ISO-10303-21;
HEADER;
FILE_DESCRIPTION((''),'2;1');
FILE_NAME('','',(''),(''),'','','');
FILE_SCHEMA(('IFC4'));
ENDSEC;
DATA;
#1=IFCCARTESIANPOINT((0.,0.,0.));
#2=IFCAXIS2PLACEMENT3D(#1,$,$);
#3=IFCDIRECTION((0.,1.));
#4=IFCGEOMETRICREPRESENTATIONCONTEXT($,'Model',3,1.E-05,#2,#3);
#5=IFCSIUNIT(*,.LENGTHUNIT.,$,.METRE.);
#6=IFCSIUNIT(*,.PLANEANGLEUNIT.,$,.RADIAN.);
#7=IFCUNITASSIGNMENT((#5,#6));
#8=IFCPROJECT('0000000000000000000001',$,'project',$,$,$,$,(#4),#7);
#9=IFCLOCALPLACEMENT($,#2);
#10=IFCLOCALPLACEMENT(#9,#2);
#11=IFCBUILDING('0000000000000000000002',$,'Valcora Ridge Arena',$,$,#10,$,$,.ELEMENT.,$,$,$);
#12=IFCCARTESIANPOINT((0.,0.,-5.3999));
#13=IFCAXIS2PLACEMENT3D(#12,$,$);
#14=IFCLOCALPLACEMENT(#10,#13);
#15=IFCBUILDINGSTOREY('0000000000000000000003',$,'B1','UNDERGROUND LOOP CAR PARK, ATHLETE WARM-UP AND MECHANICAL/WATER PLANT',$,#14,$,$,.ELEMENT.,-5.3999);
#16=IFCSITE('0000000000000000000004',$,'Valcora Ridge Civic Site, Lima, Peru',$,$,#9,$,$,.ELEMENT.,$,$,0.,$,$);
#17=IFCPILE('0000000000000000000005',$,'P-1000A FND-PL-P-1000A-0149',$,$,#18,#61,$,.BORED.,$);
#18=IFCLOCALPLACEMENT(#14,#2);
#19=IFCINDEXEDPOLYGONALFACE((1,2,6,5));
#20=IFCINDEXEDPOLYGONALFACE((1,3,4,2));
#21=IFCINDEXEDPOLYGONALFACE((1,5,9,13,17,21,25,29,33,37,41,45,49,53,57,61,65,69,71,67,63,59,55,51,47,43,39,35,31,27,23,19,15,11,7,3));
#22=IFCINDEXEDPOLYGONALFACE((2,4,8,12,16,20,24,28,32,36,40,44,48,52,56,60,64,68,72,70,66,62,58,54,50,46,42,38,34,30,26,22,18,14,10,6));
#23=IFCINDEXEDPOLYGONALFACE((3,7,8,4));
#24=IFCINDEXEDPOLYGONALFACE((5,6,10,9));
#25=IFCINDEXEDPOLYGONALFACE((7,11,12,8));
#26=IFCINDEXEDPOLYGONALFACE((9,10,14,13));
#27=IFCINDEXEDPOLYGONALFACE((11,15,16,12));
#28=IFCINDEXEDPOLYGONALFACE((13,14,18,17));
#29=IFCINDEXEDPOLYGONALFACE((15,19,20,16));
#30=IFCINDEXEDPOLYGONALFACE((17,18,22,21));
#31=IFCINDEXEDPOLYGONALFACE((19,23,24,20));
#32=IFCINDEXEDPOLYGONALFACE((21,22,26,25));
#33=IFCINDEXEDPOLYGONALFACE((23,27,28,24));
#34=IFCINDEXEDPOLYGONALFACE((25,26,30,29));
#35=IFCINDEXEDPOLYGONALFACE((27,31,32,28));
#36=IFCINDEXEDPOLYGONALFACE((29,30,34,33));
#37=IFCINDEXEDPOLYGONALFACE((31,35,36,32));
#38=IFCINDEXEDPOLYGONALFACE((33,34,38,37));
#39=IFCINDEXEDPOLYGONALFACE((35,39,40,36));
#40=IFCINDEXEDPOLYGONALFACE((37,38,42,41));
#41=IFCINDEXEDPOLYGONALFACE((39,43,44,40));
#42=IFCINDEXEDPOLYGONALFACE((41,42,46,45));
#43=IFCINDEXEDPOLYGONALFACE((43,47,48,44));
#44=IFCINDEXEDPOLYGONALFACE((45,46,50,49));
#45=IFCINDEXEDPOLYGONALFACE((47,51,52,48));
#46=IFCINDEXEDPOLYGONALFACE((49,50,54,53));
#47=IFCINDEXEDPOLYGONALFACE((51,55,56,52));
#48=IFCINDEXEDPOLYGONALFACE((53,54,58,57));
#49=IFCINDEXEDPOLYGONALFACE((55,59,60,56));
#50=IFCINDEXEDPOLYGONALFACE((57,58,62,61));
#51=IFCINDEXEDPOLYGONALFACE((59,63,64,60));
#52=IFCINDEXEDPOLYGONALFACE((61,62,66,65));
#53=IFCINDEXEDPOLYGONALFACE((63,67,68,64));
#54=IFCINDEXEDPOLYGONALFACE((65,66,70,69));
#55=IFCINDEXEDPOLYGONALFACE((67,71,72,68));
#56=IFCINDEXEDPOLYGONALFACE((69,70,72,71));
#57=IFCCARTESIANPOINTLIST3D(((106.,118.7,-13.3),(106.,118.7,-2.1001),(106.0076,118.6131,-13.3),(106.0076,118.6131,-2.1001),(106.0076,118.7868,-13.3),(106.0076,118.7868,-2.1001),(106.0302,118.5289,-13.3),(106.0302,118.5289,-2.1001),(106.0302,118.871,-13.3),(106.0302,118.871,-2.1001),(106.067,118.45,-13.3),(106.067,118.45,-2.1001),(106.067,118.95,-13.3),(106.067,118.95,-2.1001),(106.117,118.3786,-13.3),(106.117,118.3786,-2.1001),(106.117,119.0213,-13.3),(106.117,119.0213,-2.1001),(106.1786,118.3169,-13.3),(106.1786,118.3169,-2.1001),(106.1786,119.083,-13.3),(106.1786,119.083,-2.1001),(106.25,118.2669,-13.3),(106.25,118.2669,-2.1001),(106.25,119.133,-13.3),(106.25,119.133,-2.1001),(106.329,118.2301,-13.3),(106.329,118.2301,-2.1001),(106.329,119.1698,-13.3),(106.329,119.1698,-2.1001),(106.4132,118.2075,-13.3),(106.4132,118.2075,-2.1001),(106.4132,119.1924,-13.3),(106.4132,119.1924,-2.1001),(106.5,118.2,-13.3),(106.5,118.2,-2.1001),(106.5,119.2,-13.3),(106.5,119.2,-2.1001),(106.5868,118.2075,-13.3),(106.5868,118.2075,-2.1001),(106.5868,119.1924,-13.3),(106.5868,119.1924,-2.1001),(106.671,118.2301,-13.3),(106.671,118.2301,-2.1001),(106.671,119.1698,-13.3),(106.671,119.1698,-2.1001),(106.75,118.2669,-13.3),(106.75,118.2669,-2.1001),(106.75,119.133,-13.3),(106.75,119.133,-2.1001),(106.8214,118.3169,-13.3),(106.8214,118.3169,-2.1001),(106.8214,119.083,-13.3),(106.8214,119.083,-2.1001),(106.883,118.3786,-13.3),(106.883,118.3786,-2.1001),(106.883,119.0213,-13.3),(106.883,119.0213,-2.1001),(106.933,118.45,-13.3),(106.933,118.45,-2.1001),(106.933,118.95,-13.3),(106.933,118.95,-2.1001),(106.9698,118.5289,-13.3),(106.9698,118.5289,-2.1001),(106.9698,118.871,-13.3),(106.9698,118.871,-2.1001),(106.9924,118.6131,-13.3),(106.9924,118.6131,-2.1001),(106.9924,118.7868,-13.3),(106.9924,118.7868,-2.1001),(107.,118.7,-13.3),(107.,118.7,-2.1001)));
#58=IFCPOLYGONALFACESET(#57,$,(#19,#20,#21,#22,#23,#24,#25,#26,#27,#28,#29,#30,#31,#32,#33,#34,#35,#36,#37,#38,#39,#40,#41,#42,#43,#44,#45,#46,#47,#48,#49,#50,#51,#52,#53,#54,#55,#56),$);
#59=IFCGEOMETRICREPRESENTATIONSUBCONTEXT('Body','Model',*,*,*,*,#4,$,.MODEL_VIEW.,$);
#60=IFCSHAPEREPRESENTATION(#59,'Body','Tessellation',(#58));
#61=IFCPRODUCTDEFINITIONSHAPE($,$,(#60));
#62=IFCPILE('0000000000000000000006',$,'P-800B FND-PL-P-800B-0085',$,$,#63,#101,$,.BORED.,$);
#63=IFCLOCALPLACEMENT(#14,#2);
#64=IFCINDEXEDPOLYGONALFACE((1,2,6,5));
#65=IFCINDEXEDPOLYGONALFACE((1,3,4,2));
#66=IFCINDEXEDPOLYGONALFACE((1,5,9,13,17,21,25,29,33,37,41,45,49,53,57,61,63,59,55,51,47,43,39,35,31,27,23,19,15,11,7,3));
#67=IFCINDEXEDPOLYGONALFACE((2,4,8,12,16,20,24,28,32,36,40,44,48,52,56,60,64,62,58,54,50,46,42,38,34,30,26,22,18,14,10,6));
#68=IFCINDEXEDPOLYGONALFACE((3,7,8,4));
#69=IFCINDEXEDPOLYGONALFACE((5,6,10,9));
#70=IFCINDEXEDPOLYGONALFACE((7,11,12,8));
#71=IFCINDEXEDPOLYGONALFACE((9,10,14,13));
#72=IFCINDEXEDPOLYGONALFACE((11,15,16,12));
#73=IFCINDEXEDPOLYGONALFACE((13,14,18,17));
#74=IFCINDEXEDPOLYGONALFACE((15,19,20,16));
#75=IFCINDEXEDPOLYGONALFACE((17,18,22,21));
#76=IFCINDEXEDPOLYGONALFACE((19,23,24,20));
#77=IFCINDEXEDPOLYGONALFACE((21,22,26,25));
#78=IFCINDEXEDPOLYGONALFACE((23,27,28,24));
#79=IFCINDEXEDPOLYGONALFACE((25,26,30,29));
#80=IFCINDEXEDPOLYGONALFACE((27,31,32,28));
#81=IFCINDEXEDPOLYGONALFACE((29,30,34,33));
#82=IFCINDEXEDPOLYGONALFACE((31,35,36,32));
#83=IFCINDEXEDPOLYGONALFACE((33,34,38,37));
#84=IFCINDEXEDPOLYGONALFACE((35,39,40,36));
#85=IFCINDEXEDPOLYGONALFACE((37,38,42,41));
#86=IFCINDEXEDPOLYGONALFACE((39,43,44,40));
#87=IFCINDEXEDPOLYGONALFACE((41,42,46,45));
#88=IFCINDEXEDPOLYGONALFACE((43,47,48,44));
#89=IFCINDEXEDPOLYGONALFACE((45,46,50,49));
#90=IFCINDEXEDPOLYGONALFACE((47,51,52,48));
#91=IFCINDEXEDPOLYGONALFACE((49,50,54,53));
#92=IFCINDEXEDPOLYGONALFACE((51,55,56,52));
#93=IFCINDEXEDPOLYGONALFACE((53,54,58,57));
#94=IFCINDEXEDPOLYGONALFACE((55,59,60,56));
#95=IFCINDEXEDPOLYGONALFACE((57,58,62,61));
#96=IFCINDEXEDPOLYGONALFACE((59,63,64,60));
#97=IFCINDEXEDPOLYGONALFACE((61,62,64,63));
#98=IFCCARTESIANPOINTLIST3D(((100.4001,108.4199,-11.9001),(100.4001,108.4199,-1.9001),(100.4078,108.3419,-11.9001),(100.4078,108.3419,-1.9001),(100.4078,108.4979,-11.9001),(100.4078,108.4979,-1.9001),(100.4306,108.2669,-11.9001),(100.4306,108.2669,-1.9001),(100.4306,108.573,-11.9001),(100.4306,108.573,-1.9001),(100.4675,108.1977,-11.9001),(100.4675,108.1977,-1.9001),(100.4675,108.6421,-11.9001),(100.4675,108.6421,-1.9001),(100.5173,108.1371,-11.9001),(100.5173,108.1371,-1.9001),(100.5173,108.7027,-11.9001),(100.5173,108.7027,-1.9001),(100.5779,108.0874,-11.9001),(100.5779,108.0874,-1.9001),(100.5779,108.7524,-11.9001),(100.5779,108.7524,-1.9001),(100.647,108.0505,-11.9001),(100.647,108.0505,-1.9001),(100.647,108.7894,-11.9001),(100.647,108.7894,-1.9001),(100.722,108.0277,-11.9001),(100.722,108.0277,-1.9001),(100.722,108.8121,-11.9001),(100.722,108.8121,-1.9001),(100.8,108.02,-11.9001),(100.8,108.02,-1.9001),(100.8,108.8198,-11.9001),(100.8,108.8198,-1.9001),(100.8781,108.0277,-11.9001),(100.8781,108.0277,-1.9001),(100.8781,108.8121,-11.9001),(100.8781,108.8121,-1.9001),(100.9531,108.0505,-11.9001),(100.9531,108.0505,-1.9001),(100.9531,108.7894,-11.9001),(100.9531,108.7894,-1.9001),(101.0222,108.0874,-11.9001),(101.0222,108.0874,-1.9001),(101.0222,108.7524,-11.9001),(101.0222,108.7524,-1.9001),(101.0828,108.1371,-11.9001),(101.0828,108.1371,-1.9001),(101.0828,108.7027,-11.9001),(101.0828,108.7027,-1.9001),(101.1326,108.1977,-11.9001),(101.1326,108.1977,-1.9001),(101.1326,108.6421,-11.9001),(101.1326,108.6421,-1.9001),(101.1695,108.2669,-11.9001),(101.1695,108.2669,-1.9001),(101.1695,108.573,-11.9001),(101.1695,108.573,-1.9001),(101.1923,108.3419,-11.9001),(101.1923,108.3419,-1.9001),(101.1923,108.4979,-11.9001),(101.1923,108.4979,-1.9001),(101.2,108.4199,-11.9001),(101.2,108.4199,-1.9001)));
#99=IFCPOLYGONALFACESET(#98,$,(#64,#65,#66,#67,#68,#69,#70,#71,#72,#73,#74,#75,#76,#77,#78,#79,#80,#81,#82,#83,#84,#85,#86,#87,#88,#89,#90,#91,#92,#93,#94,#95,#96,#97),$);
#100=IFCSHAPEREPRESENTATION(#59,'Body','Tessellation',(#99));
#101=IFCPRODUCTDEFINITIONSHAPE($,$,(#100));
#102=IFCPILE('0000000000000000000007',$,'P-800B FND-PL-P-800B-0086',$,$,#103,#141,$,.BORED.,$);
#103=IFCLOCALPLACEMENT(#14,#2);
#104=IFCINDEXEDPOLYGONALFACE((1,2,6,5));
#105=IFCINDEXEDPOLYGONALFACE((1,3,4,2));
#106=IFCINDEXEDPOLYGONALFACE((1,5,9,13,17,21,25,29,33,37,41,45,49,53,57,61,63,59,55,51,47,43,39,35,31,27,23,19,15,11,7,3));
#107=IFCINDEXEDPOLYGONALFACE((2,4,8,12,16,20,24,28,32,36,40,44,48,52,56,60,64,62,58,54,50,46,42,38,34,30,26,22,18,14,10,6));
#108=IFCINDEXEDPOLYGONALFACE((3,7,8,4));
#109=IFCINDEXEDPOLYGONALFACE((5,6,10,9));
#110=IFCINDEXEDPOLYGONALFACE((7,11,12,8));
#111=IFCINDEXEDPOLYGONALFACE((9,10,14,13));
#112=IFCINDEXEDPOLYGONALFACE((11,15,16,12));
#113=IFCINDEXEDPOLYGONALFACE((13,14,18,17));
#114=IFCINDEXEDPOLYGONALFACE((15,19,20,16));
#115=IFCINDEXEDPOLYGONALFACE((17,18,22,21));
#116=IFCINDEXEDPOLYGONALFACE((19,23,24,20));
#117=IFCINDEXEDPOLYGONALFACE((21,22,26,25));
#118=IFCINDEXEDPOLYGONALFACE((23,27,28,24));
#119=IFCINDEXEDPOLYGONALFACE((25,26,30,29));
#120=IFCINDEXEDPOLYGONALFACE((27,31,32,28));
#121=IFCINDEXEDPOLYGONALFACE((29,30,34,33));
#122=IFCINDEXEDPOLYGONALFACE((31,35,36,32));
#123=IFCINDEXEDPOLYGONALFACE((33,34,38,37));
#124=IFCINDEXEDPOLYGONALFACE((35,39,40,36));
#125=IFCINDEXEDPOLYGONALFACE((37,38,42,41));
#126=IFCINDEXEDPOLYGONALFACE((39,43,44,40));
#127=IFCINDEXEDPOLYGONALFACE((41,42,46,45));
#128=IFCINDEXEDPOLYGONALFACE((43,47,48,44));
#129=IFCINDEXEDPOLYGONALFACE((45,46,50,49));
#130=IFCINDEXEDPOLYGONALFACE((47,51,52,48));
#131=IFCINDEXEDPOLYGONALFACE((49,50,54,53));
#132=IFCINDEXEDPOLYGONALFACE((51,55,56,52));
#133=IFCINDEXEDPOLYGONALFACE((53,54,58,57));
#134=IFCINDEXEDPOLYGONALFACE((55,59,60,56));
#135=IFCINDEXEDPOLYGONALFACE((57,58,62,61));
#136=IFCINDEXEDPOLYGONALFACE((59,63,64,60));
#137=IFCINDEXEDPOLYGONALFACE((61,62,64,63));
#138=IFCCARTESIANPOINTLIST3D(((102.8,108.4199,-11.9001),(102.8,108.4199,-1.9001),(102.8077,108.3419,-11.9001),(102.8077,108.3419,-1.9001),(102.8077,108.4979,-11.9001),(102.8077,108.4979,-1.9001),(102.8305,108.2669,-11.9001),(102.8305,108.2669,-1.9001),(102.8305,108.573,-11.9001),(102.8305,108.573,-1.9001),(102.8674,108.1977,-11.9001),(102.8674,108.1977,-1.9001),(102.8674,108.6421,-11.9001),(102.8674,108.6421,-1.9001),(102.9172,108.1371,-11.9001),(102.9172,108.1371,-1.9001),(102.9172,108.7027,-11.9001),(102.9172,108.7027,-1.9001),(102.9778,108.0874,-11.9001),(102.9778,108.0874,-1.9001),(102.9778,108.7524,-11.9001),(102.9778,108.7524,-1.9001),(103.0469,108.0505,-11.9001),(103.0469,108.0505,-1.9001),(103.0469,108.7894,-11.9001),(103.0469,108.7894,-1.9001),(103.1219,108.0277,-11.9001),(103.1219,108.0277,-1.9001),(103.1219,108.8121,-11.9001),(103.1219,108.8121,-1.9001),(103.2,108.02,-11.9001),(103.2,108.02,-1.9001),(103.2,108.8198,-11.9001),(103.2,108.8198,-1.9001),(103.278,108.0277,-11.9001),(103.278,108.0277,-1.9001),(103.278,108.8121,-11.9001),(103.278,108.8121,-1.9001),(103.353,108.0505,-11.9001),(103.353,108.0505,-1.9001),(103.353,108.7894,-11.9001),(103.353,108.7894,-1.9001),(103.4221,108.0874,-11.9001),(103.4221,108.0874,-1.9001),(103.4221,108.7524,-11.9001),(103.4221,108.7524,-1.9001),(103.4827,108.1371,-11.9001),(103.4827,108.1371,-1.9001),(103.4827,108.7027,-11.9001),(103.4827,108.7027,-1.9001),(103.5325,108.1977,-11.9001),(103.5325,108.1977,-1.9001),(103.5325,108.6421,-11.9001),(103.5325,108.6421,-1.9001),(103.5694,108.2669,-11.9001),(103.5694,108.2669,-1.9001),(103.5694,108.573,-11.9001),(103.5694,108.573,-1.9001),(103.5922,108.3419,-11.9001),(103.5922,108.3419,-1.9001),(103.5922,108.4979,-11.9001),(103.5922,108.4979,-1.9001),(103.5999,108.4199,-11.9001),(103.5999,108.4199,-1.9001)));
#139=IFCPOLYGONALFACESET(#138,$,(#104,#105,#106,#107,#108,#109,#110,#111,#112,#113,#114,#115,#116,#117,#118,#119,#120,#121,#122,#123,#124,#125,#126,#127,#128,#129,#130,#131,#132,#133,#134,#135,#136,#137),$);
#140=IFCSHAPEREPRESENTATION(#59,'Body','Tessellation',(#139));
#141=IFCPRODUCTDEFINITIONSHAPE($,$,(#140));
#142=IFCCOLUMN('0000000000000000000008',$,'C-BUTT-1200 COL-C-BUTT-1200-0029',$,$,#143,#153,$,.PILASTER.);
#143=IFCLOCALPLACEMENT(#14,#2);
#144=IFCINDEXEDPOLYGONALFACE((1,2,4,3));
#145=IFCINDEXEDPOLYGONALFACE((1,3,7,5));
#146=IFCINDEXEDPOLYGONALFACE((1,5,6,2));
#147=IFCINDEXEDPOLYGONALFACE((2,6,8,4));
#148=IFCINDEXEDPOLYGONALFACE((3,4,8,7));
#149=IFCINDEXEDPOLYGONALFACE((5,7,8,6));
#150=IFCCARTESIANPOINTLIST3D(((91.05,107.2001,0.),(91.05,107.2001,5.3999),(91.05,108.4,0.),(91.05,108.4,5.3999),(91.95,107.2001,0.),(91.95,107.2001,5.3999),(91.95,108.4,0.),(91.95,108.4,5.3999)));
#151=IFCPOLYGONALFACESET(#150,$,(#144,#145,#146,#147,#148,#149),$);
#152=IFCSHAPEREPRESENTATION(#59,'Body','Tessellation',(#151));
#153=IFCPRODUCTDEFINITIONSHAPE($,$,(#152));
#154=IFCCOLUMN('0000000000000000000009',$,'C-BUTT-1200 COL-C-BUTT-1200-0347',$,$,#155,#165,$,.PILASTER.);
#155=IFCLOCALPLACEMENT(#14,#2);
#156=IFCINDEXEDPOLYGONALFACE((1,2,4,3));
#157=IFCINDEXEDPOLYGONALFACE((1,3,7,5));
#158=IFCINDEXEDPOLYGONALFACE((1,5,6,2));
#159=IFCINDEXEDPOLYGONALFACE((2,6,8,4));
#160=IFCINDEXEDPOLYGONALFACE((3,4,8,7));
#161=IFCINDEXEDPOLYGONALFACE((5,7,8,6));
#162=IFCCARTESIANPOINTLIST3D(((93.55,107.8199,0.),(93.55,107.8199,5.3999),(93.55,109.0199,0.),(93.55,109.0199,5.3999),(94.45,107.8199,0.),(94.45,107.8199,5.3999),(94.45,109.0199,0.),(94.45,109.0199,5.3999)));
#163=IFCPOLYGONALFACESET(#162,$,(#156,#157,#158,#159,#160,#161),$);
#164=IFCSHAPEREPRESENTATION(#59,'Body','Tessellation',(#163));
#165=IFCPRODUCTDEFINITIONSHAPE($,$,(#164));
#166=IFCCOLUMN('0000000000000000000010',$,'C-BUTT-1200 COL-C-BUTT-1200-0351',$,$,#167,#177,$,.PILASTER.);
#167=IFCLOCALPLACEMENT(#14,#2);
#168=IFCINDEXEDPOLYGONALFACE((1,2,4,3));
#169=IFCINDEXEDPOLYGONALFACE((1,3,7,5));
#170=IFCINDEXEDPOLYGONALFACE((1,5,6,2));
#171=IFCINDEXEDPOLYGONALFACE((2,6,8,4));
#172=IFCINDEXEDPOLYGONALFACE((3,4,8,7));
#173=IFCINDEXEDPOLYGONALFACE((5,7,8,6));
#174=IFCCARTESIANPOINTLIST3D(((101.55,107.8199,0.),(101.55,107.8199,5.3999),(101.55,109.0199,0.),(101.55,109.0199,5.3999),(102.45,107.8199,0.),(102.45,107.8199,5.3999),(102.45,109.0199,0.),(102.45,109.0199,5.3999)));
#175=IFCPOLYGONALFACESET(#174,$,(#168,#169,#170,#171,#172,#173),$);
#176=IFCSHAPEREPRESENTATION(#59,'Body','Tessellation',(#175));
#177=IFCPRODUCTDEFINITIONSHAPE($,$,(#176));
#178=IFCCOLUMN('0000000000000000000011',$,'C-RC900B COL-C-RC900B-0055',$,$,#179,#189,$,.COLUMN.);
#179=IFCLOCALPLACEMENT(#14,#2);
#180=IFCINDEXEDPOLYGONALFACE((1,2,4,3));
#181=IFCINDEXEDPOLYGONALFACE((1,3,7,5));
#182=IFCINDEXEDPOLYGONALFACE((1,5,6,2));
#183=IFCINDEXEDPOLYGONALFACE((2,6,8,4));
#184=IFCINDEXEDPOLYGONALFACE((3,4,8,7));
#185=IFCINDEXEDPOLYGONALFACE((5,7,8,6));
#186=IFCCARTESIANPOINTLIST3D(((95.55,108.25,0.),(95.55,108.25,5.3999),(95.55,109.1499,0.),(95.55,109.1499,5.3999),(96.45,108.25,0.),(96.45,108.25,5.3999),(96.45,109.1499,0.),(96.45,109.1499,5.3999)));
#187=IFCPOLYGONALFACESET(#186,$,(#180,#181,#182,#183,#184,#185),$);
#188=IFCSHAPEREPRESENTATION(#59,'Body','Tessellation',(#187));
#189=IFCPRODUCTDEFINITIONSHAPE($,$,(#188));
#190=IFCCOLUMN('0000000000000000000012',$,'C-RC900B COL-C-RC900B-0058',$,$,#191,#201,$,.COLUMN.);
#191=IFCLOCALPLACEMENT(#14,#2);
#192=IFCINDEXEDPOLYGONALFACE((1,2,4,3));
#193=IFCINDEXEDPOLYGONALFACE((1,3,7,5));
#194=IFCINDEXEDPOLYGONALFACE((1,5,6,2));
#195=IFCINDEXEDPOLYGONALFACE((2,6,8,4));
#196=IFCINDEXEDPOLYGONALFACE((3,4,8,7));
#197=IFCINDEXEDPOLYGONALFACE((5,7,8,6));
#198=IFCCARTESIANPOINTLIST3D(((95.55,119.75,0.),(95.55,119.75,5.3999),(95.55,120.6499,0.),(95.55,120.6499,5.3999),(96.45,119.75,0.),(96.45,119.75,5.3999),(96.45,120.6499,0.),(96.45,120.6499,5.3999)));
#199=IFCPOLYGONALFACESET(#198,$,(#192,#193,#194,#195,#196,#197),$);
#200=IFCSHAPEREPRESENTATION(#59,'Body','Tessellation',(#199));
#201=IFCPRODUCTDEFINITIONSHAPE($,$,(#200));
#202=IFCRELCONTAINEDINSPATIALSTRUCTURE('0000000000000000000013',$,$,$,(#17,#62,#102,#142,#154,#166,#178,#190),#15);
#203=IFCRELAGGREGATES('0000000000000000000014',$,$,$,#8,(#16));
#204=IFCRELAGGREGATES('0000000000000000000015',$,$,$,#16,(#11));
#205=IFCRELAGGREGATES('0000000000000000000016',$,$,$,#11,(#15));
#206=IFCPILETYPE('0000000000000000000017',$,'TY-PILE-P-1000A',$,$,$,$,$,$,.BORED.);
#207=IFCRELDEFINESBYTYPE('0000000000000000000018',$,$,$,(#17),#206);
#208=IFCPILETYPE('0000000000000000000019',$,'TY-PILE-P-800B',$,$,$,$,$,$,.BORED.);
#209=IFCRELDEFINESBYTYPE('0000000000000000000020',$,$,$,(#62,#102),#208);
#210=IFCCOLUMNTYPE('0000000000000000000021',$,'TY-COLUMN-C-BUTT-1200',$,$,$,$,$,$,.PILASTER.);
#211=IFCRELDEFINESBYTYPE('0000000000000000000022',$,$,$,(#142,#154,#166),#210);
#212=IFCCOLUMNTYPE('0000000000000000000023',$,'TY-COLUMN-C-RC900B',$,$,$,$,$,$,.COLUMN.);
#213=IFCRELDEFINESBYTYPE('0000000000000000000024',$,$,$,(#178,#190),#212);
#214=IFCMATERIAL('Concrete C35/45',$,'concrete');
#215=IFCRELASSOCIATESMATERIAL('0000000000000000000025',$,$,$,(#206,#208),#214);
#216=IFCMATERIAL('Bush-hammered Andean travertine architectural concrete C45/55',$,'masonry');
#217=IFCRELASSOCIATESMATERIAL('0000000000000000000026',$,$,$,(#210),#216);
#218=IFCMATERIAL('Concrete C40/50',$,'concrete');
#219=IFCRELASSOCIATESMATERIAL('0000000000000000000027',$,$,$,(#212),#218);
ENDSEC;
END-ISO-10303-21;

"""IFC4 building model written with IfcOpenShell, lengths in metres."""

from ifc_helpers import new_model, si_unit, direction, frame, origin, origin_2d, place, context, subcontext, project, spatial, rectangle, circle, extrude, material, material_profile, profile_set, type_object, element, save


model = new_model("IFC4")

# Units and contexts
model_context = context("Model", 3, precision=1e-05, world=origin(), true_north=direction((0.0, 1.0)))
body_context = subcontext(model_context, "Body", "Model", "MODEL_VIEW")
ifc_project = project(units=[si_unit("LENGTHUNIT", "METRE"), si_unit("PLANEANGLEUNIT", "RADIAN")], contexts=[model_context])

# Site, building, storey
site_placement = place(None, origin())
site = spatial("IfcSite", under=ifc_project, at=site_placement, Name="Valcora Ridge Civic Site, Lima, Peru", CompositionType="ELEMENT", RefElevation=0.0)
building_placement = place(site_placement, origin())
building = spatial("IfcBuilding", under=site, at=building_placement, Name="Valcora Ridge Arena", CompositionType="ELEMENT")
storey_placement = place(building_placement, frame((0.0, 0.0, -5.3999)))
storey = spatial("IfcBuildingStorey", under=building, at=storey_placement, Name="B1", Description="UNDERGROUND LOOP CAR PARK, ATHLETE WARM-UP AND MECHANICAL/WATER PLANT", CompositionType="ELEMENT", Elevation=-5.3999)

# Shared definitions
ifc_material_1 = material(Name="Concrete C40/50", Category="concrete")

# Piles
ifc_material_2 = material(Name="Concrete C35/45", Category="concrete")
ifc_material_profile_1 = material_profile(ifc_material_2, circle(Radius=0.5, at=origin_2d()), Name="BORED PILE D1000")
ifc_profile_set_1 = profile_set([ifc_material_profile_1], Name="Concrete C35/45")
pile_type_1 = type_object("IfcPileType", Name="TY-PILE-P-1000A", PredefinedType="BORED", material=ifc_profile_set_1)
for number, where, z_axis, x_axis, name in (
    (1, (106.5, 118.7, -2.1001), (0.0, 0.0, -1.0), (1.0, 0.0, 0.0), "P-1000A FND-PL-P-1000A-0149"),
):
    element("IfcPile", number, at=place(storey_placement, frame(where, z_axis=z_axis, x_axis=x_axis)), inside=storey, type_object=pile_type_1, Name=name, PredefinedType="BORED", context=body_context, shape_type="SweptSolid", body=[
        extrude(circle(Radius=0.5, at=origin_2d()), origin(), (0.0, 0.0, 1.0), 11.2),
    ])
ifc_material_profile_2 = material_profile(ifc_material_2, circle(Radius=0.3999, at=origin_2d()), Name="BORED PILE D800")
ifc_profile_set_2 = profile_set([ifc_material_profile_2], Name="Concrete C35/45")
pile_type_2 = type_object("IfcPileType", Name="TY-PILE-P-800B", PredefinedType="BORED", material=ifc_profile_set_2)
for number, where, z_axis, x_axis, name in (
    (2, (100.8, 108.4199, -1.9001), (0.0, 0.0, -1.0), (1.0, 0.0, 0.0), "P-800B FND-PL-P-800B-0085"),
    (3, (103.2, 108.4199, -1.9001), (0.0, 0.0, -1.0), (1.0, 0.0, 0.0), "P-800B FND-PL-P-800B-0086"),
):
    element("IfcPile", number, at=place(storey_placement, frame(where, z_axis=z_axis, x_axis=x_axis)), inside=storey, type_object=pile_type_2, Name=name, PredefinedType="BORED", context=body_context, shape_type="SweptSolid", body=[
        extrude(circle(Radius=0.3999, at=origin_2d()), origin(), (0.0, 0.0, 1.0), 10.0),
    ])

# Columns
ifc_material_3 = material(Name="Bush-hammered Andean travertine architectural concrete C45/55", Category="masonry")
ifc_material_profile_3 = material_profile(ifc_material_3, rectangle(XDim=0.8999, YDim=1.2, at=origin_2d()), Name="RC 900x1200")
ifc_profile_set_3 = profile_set([ifc_material_profile_3], Name="Bush-hammered Andean travertine architectural concrete C45/55")
column_type_1 = type_object("IfcColumnType", Name="TY-COLUMN-C-BUTT-1200", PredefinedType="PILASTER", material=ifc_profile_set_3)
for number, where, z_axis, x_axis, name in (
    (4, (91.5, 107.8, 0.0), (0.0, 0.0, 1.0), (1.0, 0.0, 0.0), "C-BUTT-1200 COL-C-BUTT-1200-0029"),
    (5, (94.0, 108.4199, 0.0), (0.0, 0.0, 1.0), (1.0, 0.0, 0.0), "C-BUTT-1200 COL-C-BUTT-1200-0347"),
    (6, (102.0, 108.4199, 0.0), (0.0, 0.0, 1.0), (1.0, 0.0, 0.0), "C-BUTT-1200 COL-C-BUTT-1200-0351"),
):
    element("IfcColumn", number, at=place(storey_placement, frame(where, z_axis=z_axis, x_axis=x_axis)), inside=storey, type_object=column_type_1, Name=name, PredefinedType="PILASTER", context=body_context, shape_type="SweptSolid", body=[
        extrude(rectangle(XDim=0.8999, YDim=1.2, at=origin_2d()), origin(), (0.0, 0.0, 1.0), 5.3999),
    ])
ifc_material_profile_4 = material_profile(ifc_material_1, rectangle(XDim=0.8999, YDim=0.8999, at=origin_2d()), Name="RC 900x900")
ifc_profile_set_4 = profile_set([ifc_material_profile_4], Name="Concrete C40/50")
column_type_2 = type_object("IfcColumnType", Name="TY-COLUMN-C-RC900B", PredefinedType="COLUMN", material=ifc_profile_set_4)
for number, where, z_axis, x_axis, name in (
    (7, (96.0, 108.7, 0.0), (0.0, 0.0, 1.0), (1.0, 0.0, 0.0), "C-RC900B COL-C-RC900B-0055"),
    (8, (96.0, 120.2, 0.0), (0.0, 0.0, 1.0), (1.0, 0.0, 0.0), "C-RC900B COL-C-RC900B-0058"),
):
    element("IfcColumn", number, at=place(storey_placement, frame(where, z_axis=z_axis, x_axis=x_axis)), inside=storey, type_object=column_type_2, Name=name, PredefinedType="COLUMN", context=body_context, shape_type="SweptSolid", body=[
        extrude(rectangle(XDim=0.8999, YDim=0.8999, at=origin_2d()), origin(), (0.0, 0.0, 1.0), 5.3999),
    ])

save(model, "model.ifc")
